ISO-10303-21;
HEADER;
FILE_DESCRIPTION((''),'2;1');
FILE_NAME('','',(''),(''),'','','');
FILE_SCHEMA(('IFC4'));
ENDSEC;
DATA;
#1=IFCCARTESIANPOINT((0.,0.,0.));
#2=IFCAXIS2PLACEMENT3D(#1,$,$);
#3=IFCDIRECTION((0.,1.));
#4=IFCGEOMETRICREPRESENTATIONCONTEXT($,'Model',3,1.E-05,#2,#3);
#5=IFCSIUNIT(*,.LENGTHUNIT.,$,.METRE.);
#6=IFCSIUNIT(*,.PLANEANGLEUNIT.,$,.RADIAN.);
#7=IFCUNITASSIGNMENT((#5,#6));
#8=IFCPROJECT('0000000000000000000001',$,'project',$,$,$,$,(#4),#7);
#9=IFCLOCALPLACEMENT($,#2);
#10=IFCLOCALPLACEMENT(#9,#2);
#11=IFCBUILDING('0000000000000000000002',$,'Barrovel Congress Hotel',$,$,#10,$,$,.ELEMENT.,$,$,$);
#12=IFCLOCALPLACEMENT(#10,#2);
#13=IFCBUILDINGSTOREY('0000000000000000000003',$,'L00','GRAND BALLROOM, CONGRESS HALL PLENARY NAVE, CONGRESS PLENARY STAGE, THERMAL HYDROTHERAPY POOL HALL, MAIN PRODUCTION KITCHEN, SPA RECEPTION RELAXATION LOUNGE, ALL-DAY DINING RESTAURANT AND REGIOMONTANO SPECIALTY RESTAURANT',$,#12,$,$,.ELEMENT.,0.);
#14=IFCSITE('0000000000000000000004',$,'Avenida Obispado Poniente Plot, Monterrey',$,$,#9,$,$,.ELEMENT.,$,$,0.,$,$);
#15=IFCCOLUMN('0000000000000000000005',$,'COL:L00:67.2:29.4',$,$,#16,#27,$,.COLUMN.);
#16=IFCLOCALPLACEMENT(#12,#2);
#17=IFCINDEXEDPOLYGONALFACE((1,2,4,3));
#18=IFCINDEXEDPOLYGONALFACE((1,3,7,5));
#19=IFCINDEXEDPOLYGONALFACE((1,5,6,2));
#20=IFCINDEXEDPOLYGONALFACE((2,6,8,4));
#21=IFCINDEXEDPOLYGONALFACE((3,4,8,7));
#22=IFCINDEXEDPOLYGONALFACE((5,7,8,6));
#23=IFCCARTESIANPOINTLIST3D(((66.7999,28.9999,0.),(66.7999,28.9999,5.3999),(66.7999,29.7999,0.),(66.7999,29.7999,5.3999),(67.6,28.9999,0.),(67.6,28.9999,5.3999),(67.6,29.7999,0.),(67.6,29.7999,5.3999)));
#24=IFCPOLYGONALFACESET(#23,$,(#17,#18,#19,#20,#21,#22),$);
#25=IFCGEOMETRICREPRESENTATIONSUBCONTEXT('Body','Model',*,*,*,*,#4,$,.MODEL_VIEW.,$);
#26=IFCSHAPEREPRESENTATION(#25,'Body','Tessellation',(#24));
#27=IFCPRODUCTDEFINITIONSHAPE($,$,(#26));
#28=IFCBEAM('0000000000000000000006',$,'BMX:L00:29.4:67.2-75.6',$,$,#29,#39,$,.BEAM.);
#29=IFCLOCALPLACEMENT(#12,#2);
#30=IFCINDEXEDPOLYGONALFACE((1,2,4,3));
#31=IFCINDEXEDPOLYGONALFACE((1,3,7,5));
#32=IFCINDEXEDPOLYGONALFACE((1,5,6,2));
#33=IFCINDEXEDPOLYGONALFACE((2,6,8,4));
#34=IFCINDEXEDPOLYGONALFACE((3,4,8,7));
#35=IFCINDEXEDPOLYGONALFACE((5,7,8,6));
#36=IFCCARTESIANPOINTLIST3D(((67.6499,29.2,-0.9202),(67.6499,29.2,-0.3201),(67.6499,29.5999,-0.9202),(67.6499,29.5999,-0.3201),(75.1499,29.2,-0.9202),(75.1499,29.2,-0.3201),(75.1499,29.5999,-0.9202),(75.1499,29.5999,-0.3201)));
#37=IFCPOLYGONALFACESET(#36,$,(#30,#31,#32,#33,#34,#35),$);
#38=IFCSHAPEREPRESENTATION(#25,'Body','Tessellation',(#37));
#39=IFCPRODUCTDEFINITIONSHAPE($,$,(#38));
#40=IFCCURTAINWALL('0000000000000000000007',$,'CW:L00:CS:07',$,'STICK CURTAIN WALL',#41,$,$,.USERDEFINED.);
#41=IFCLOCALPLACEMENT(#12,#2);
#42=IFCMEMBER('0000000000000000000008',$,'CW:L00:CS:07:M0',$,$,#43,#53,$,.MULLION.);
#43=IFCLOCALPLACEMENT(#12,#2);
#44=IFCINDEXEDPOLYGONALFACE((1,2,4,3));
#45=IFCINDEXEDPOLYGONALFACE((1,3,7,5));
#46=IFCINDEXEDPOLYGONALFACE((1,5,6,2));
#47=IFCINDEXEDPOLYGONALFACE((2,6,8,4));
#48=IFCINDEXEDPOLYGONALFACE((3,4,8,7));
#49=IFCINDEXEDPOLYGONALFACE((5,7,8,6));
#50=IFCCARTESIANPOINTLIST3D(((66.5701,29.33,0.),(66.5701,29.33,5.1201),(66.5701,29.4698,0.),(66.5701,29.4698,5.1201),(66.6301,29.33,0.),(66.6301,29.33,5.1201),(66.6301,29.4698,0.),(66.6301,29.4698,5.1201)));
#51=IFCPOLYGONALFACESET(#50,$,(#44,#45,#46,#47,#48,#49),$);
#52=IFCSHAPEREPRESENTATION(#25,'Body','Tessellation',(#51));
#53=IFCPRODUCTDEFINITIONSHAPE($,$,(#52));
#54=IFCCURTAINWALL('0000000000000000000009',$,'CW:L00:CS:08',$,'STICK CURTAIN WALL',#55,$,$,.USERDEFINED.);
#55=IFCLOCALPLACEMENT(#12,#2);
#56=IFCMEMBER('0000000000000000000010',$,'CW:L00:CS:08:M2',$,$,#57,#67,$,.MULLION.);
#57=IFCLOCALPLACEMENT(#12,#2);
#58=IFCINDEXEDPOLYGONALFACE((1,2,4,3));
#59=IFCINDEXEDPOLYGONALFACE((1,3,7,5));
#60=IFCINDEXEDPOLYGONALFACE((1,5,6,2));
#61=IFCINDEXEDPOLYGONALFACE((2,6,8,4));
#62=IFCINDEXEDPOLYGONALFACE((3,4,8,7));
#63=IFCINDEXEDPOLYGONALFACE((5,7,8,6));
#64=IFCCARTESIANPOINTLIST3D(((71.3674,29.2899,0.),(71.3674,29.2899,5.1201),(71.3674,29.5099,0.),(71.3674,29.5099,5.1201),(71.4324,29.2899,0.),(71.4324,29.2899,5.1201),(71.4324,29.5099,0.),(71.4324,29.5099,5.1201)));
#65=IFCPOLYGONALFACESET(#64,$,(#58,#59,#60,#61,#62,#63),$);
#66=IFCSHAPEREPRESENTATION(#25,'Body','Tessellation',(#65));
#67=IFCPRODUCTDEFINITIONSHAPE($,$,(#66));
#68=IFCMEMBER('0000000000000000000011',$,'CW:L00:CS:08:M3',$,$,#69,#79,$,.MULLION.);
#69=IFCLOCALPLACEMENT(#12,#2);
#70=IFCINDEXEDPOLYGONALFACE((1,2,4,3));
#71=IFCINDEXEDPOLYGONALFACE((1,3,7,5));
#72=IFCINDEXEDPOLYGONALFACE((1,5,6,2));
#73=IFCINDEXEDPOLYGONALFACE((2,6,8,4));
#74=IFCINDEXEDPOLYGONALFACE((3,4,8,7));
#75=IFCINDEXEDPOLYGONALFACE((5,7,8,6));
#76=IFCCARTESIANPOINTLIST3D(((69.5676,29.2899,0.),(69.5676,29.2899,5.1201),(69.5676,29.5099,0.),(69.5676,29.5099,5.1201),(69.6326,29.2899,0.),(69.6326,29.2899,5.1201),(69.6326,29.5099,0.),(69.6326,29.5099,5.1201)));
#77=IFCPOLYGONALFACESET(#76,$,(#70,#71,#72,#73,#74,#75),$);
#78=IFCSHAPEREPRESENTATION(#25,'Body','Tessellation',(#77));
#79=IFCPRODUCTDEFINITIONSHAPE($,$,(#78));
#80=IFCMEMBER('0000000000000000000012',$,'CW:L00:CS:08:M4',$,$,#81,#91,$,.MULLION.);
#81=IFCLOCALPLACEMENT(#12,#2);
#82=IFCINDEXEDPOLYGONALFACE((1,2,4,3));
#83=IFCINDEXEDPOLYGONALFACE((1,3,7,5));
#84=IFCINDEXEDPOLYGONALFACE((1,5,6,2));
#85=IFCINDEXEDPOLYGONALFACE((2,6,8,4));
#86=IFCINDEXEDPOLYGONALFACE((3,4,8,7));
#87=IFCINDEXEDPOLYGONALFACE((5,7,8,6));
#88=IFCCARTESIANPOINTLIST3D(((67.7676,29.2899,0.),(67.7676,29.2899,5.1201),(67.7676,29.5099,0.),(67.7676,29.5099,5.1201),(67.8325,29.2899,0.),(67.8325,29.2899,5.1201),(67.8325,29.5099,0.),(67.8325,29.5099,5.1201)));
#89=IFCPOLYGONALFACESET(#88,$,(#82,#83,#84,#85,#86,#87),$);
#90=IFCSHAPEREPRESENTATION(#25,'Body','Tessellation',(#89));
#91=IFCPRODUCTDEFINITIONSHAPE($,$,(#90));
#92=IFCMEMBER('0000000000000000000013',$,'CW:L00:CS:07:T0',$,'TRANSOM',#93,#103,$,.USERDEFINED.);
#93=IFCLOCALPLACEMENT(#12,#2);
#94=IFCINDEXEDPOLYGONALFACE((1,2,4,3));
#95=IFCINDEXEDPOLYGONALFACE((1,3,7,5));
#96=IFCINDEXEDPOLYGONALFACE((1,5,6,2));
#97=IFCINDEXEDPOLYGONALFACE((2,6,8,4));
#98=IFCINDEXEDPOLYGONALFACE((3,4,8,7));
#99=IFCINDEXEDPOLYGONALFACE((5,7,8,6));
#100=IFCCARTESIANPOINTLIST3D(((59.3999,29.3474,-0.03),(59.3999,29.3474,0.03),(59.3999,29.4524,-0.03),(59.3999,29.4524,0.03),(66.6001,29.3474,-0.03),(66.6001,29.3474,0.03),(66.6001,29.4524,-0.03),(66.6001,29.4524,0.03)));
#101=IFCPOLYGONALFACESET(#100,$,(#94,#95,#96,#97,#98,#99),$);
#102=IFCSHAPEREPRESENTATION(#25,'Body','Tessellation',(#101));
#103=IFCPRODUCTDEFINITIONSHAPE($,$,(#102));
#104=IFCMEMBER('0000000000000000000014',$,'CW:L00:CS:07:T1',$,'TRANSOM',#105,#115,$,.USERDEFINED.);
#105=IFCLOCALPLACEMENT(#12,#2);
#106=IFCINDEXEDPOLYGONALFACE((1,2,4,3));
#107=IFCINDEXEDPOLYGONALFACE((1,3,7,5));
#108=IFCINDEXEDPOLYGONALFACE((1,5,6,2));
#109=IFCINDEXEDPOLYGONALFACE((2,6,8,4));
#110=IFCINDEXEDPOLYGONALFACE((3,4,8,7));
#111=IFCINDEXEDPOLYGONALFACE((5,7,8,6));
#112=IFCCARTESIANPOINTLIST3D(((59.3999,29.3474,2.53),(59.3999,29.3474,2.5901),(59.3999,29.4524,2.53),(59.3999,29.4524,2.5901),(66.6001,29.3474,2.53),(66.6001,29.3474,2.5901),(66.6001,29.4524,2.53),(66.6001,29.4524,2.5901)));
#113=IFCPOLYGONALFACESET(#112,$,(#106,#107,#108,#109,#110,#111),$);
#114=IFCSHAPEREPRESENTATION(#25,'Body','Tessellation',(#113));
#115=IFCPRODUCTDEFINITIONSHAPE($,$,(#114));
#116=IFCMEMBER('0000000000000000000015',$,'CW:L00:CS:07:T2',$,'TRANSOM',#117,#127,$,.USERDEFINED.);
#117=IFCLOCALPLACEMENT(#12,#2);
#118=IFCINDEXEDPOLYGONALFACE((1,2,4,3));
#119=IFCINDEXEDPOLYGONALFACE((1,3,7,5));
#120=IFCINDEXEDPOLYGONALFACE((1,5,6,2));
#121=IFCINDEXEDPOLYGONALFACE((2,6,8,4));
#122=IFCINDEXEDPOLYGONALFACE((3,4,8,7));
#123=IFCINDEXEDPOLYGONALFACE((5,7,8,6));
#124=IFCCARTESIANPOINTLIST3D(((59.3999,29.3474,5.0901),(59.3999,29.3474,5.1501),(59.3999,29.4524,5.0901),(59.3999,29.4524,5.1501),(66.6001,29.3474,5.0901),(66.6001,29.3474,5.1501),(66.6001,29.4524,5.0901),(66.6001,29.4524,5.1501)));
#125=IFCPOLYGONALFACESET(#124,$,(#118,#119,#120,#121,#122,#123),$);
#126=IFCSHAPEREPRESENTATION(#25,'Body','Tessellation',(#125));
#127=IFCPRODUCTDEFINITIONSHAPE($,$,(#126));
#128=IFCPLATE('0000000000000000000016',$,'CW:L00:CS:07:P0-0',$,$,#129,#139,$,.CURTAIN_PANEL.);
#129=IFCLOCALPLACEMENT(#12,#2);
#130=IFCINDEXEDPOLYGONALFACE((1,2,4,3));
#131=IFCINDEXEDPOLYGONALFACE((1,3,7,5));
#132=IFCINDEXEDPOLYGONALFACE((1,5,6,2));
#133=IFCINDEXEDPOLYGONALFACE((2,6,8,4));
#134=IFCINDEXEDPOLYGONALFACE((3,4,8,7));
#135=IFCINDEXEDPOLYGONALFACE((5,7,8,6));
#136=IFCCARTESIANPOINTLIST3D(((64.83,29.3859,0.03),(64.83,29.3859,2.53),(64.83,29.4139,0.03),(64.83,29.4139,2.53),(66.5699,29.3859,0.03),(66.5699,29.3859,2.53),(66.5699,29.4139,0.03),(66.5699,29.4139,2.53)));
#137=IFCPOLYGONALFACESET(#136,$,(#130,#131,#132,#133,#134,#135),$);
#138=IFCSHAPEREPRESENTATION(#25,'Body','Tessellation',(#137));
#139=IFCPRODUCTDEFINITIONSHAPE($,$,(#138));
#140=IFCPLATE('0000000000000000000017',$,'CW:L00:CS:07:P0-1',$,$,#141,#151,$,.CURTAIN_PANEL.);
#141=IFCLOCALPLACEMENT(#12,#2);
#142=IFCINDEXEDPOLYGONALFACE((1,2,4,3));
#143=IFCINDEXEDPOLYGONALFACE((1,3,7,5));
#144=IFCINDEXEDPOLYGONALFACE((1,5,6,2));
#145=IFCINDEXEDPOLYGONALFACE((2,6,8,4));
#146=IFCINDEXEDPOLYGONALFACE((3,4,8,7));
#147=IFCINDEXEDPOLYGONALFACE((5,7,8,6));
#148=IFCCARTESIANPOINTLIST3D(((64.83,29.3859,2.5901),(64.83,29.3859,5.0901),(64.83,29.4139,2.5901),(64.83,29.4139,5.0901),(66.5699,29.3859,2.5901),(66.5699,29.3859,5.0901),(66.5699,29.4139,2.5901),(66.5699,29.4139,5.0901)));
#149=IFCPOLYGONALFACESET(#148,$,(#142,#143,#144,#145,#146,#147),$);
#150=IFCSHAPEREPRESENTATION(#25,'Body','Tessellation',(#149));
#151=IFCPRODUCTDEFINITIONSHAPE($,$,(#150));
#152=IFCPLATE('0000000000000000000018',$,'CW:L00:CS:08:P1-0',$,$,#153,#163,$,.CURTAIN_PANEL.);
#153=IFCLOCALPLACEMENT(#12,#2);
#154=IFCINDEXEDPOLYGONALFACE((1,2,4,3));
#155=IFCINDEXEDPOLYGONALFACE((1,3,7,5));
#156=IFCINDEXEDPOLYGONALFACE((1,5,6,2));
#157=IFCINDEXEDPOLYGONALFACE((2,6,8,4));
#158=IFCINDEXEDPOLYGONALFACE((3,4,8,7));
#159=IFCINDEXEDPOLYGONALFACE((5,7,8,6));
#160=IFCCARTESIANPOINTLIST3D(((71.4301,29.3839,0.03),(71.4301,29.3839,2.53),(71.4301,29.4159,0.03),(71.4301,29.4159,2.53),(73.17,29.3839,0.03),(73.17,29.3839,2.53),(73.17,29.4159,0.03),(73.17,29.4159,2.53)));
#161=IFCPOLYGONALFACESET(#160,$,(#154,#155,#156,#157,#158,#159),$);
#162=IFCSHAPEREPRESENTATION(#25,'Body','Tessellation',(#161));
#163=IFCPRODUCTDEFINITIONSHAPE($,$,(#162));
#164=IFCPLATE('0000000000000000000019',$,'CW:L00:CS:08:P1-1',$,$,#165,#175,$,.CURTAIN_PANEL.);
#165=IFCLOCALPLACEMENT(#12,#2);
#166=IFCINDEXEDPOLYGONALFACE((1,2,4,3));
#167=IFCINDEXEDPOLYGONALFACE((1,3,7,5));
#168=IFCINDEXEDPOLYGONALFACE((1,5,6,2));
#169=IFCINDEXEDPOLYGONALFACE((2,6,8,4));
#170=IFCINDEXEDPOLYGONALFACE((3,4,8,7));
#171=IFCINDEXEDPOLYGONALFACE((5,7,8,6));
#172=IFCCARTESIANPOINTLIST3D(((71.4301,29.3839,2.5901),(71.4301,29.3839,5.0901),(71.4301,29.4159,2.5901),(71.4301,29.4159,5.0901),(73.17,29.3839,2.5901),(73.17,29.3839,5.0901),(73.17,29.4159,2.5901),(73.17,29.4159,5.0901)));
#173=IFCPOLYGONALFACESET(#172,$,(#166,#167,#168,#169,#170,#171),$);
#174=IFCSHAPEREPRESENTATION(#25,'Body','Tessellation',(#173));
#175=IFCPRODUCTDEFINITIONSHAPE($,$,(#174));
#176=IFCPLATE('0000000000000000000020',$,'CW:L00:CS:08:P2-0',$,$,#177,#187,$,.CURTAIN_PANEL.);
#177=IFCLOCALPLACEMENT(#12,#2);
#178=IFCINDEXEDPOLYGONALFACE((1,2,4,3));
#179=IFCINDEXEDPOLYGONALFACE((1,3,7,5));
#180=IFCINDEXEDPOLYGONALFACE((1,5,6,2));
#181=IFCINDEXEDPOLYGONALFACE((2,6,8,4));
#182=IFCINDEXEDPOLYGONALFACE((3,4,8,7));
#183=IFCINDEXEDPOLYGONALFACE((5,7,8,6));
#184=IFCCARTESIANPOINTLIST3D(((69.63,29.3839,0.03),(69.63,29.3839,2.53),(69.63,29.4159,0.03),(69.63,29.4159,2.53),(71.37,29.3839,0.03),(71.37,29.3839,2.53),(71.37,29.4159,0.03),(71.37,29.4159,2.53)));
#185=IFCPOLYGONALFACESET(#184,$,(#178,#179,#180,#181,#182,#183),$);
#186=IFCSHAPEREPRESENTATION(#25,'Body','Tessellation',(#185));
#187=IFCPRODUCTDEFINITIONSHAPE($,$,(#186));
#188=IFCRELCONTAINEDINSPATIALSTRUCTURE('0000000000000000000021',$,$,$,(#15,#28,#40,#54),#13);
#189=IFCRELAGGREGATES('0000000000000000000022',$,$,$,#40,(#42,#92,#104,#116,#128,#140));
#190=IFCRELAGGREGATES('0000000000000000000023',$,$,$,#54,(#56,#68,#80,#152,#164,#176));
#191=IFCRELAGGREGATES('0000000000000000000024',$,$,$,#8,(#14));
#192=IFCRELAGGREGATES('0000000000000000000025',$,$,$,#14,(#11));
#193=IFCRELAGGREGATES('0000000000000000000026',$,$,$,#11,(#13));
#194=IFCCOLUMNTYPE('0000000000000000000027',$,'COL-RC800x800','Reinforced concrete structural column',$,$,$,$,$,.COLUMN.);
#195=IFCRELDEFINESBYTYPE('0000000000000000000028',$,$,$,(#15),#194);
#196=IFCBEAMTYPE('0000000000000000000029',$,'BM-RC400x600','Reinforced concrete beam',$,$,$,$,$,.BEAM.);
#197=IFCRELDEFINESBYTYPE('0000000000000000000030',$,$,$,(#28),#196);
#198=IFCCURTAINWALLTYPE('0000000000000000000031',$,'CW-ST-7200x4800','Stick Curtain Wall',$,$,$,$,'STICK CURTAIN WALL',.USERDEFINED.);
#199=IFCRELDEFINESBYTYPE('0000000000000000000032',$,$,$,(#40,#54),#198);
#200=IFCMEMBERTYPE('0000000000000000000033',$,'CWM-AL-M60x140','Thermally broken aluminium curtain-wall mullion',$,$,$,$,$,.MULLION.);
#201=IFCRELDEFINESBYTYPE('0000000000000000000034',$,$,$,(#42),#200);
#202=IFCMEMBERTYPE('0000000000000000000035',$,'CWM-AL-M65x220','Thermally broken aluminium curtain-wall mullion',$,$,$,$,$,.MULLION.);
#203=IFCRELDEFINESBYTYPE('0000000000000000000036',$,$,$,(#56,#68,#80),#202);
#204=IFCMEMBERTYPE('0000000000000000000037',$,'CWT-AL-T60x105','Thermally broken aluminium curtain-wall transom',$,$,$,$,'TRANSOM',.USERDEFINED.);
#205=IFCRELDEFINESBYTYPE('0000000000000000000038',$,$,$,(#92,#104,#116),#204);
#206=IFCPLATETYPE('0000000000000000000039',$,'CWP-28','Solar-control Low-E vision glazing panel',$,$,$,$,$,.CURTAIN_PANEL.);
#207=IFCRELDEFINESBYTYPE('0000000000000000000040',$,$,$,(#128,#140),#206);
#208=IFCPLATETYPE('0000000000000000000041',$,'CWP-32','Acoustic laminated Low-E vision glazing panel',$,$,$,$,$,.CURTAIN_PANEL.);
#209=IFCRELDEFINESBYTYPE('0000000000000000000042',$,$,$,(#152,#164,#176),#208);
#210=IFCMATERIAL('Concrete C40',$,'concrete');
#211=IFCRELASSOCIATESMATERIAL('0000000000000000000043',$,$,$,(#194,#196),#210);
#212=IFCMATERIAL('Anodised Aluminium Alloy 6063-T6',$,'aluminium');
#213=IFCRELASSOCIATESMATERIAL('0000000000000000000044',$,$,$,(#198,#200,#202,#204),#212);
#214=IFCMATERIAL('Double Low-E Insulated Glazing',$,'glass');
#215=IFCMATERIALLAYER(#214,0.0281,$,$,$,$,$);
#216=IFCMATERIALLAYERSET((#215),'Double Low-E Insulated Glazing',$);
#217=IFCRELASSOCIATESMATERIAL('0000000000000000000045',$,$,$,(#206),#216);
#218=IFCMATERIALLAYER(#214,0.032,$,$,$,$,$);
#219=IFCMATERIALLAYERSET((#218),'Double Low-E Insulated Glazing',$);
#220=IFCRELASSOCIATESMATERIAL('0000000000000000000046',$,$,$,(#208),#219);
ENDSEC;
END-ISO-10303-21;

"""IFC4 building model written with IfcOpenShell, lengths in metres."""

from ifc_helpers import new_model, si_unit, direction, frame, origin, origin_2d, place, context, subcontext, project, spatial, rectangle, extrude, material, layer, layer_set, material_profile, profile_set, type_object, element, aggregate, save


model = new_model("IFC4")

# Units and contexts
model_context = context("Model", 3, precision=1e-05, world=origin(), true_north=direction((0.0, 1.0)))
body_context = subcontext(model_context, "Body", "Model", "MODEL_VIEW")
ifc_project = project(units=[si_unit("LENGTHUNIT", "METRE"), si_unit("PLANEANGLEUNIT", "RADIAN")], contexts=[model_context])

# Site, building, storey
site_placement = place(None, origin())
site = spatial("IfcSite", under=ifc_project, at=site_placement, Name="Avenida Obispado Poniente Plot, Monterrey", CompositionType="ELEMENT", RefElevation=0.0)
building_placement = place(site_placement, origin())
building = spatial("IfcBuilding", under=site, at=building_placement, Name="Barrovel Congress Hotel", CompositionType="ELEMENT")
storey_placement = place(building_placement, origin())
storey = spatial("IfcBuildingStorey", under=building, at=storey_placement, Name="L00", Description="GRAND BALLROOM, CONGRESS HALL PLENARY NAVE, CONGRESS PLENARY STAGE, THERMAL HYDROTHERAPY POOL HALL, MAIN PRODUCTION KITCHEN, SPA RECEPTION RELAXATION LOUNGE, ALL-DAY DINING RESTAURANT AND REGIOMONTANO SPECIALTY RESTAURANT", CompositionType="ELEMENT", Elevation=0.0)

# Column
ifc_material_1 = material(Name="Concrete C40", Category="concrete")
ifc_material_profile_1 = material_profile(ifc_material_1, rectangle(XDim=0.8, YDim=0.8, at=origin_2d()), Name="RC800x800")
ifc_profile_set_1 = profile_set([ifc_material_profile_1], Name="Concrete C40")
column_type = type_object("IfcColumnType", Name="COL-RC800x800", Description="Reinforced concrete structural column", PredefinedType="COLUMN", material=ifc_profile_set_1)
column_placement = place(storey_placement, frame((67.2, 29.3999, 0.0), z_axis=(0.0, 0.0, 1.0), x_axis=(1.0, 0.0, 0.0)))
element("IfcColumn", 1, at=column_placement, inside=storey, type_object=column_type, Name="COL:L00:67.2:29.4", PredefinedType="COLUMN", context=body_context, shape_type="SweptSolid", body=[
    extrude(rectangle(XDim=0.8, YDim=0.8, at=origin_2d()), origin(), (0.0, 0.0, 1.0), 5.3999),
])

# Beam
ifc_material_profile_2 = material_profile(ifc_material_1, rectangle(XDim=0.3999, YDim=0.6001, at=origin_2d()), Name="RC400x600")
ifc_profile_set_2 = profile_set([ifc_material_profile_2], Name="Concrete C40")
beam_type = type_object("IfcBeamType", Name="BM-RC400x600", Description="Reinforced concrete beam", PredefinedType="BEAM", material=ifc_profile_set_2)
beam_placement = place(storey_placement, frame((67.6499, 29.3999, -0.6201), z_axis=(1.0, 0.0, 0.0), x_axis=(0.0, 1.0, 0.0)))
element("IfcBeam", 2, at=beam_placement, inside=storey, type_object=beam_type, Name="BMX:L00:29.4:67.2-75.6", PredefinedType="BEAM", context=body_context, shape_type="SweptSolid", body=[
    extrude(rectangle(XDim=0.3999, YDim=0.6001, at=origin_2d()), origin(), (0.0, 0.0, 1.0), 7.5),
])

# Curtain wall, member
ifc_material_2 = material(Name="Anodised Aluminium Alloy 6063-T6", Category="aluminium")
curtain_wall_type = type_object("IfcCurtainWallType", Name="CW-ST-7200x4800", Description="Stick Curtain Wall", ElementType="STICK CURTAIN WALL", PredefinedType="USERDEFINED", material=ifc_material_2)
curtain_wall_1_placement = place(storey_placement, origin())
curtain_wall_1 = element("IfcCurtainWall", 3, at=curtain_wall_1_placement, inside=storey, type_object=curtain_wall_type, Name="CW:L00:CS:07", ObjectType="STICK CURTAIN WALL", PredefinedType="USERDEFINED")
ifc_material_profile_3 = material_profile(ifc_material_2, rectangle(XDim=0.0601, YDim=0.1399, at=origin_2d()), Name="AL-M60x140")
ifc_profile_set_3 = profile_set([ifc_material_profile_3], Name="Anodised Aluminium Alloy 6063-T6")
member_type_1 = type_object("IfcMemberType", Name="CWM-AL-M60x140", Description="Thermally broken aluminium curtain-wall mullion", PredefinedType="MULLION", material=ifc_profile_set_3)
member_1_placement = place(storey_placement, frame((66.6001, 29.3999, 0.0), z_axis=(0.0, 0.0, 1.0), x_axis=(1.0, 0.0, 0.0)))
member_1 = element("IfcMember", 4, at=member_1_placement, type_object=member_type_1, Name="CW:L00:CS:07:M0", PredefinedType="MULLION", context=body_context, shape_type="SweptSolid", body=[
    extrude(rectangle(XDim=0.0601, YDim=0.1399, at=origin_2d()), origin(), (0.0, 0.0, 1.0), 5.1201),
])

# Curtain wall, members
curtain_wall_2_placement = place(storey_placement, origin())
curtain_wall_2 = element("IfcCurtainWall", 5, at=curtain_wall_2_placement, inside=storey, type_object=curtain_wall_type, Name="CW:L00:CS:08", ObjectType="STICK CURTAIN WALL", PredefinedType="USERDEFINED")
ifc_material_profile_4 = material_profile(ifc_material_2, rectangle(XDim=0.0649, YDim=0.22, at=origin_2d()), Name="AL-M65x220")
ifc_profile_set_4 = profile_set([ifc_material_profile_4], Name="Anodised Aluminium Alloy 6063-T6")
member_type_2 = type_object("IfcMemberType", Name="CWM-AL-M65x220", Description="Thermally broken aluminium curtain-wall mullion", PredefinedType="MULLION", material=ifc_profile_set_4)
member_2_placement = place(storey_placement, frame((71.3999, 29.3999, 0.0), z_axis=(0.0, 0.0, 1.0), x_axis=(1.0, 0.0, 0.0)))
member_2 = element("IfcMember", 6, at=member_2_placement, type_object=member_type_2, Name="CW:L00:CS:08:M2", PredefinedType="MULLION", context=body_context, shape_type="SweptSolid", body=[
    extrude(rectangle(XDim=0.0649, YDim=0.22, at=origin_2d()), origin(), (0.0, 0.0, 1.0), 5.1201),
])
member_3_placement = place(storey_placement, frame((69.6001, 29.3999, 0.0), z_axis=(0.0, 0.0, 1.0), x_axis=(1.0, 0.0, 0.0)))
member_3 = element("IfcMember", 7, at=member_3_placement, type_object=member_type_2, Name="CW:L00:CS:08:M3", PredefinedType="MULLION", context=body_context, shape_type="SweptSolid", body=[
    extrude(rectangle(XDim=0.0649, YDim=0.22, at=origin_2d()), origin(), (0.0, 0.0, 1.0), 5.1201),
])
member_4_placement = place(storey_placement, frame((67.8, 29.3999, 0.0), z_axis=(0.0, 0.0, 1.0), x_axis=(1.0, 0.0, 0.0)))
member_4 = element("IfcMember", 8, at=member_4_placement, type_object=member_type_2, Name="CW:L00:CS:08:M4", PredefinedType="MULLION", context=body_context, shape_type="SweptSolid", body=[
    extrude(rectangle(XDim=0.0649, YDim=0.22, at=origin_2d()), origin(), (0.0, 0.0, 1.0), 5.1201),
])

# Members
ifc_material_profile_5 = material_profile(ifc_material_2, rectangle(XDim=0.105, YDim=0.0601, at=origin_2d()), Name="AL-T60x105")
ifc_profile_set_5 = profile_set([ifc_material_profile_5], Name="Anodised Aluminium Alloy 6063-T6")
member_type_3 = type_object("IfcMemberType", Name="CWT-AL-T60x105", Description="Thermally broken aluminium curtain-wall transom", ElementType="TRANSOM", PredefinedType="USERDEFINED", material=ifc_profile_set_5)
member_5_placement = place(storey_placement, frame((66.6001, 29.3999, 0.0), z_axis=(-1.0, 0.0, 0.0), x_axis=(0.0, -1.0, 0.0)))
member_5 = element("IfcMember", 9, at=member_5_placement, type_object=member_type_3, Name="CW:L00:CS:07:T0", ObjectType="TRANSOM", PredefinedType="USERDEFINED", context=body_context, shape_type="SweptSolid", body=[
    extrude(rectangle(XDim=0.105, YDim=0.0601, at=origin_2d()), origin(), (0.0, 0.0, 1.0), 7.2002),
])
member_6_placement = place(storey_placement, frame((66.6001, 29.3999, 2.5601), z_axis=(-1.0, 0.0, 0.0), x_axis=(0.0, -1.0, 0.0)))
member_6 = element("IfcMember", 10, at=member_6_placement, type_object=member_type_3, Name="CW:L00:CS:07:T1", ObjectType="TRANSOM", PredefinedType="USERDEFINED", context=body_context, shape_type="SweptSolid", body=[
    extrude(rectangle(XDim=0.105, YDim=0.0601, at=origin_2d()), origin(), (0.0, 0.0, 1.0), 7.2002),
])
member_7_placement = place(storey_placement, frame((66.6001, 29.3999, 5.1201), z_axis=(-1.0, 0.0, 0.0), x_axis=(0.0, -1.0, 0.0)))
member_7 = element("IfcMember", 11, at=member_7_placement, type_object=member_type_3, Name="CW:L00:CS:07:T2", ObjectType="TRANSOM", PredefinedType="USERDEFINED", context=body_context, shape_type="SweptSolid", body=[
    extrude(rectangle(XDim=0.105, YDim=0.0601, at=origin_2d()), origin(), (0.0, 0.0, 1.0), 7.2002),
])

# Plates
ifc_material_3 = material(Name="Double Low-E Insulated Glazing", Category="glass")
ifc_layer_1 = layer(ifc_material_3, 0.0281)
ifc_layer_set_1 = layer_set([ifc_layer_1], Name="Double Low-E Insulated Glazing")
plate_type_1 = type_object("IfcPlateType", Name="CWP-28", Description="Solar-control Low-E vision glazing panel", PredefinedType="CURTAIN_PANEL", material=ifc_layer_set_1)
plate_1_placement = place(storey_placement, frame((65.7, 29.3999, 0.03), z_axis=(0.0, 0.0, 1.0), x_axis=(-1.0, 0.0, 0.0)))
plate_1 = element("IfcPlate", 12, at=plate_1_placement, type_object=plate_type_1, Name="CW:L00:CS:07:P0-0", PredefinedType="CURTAIN_PANEL", context=body_context, shape_type="SweptSolid", body=[
    extrude(rectangle(XDim=1.74, YDim=0.0281, at=origin_2d()), origin(), (0.0, 0.0, 1.0), 2.5),
])
plate_2_placement = place(storey_placement, frame((65.7, 29.3999, 2.5901), z_axis=(0.0, 0.0, 1.0), x_axis=(-1.0, 0.0, 0.0)))
plate_2 = element("IfcPlate", 13, at=plate_2_placement, type_object=plate_type_1, Name="CW:L00:CS:07:P0-1", PredefinedType="CURTAIN_PANEL", context=body_context, shape_type="SweptSolid", body=[
    extrude(rectangle(XDim=1.74, YDim=0.0281, at=origin_2d()), origin(), (0.0, 0.0, 1.0), 2.5),
])
aggregate(curtain_wall_1, [member_1, member_5, member_6, member_7, plate_1, plate_2])
ifc_layer_2 = layer(ifc_material_3, 0.032)
ifc_layer_set_2 = layer_set([ifc_layer_2], Name="Double Low-E Insulated Glazing")
plate_type_2 = type_object("IfcPlateType", Name="CWP-32", Description="Acoustic laminated Low-E vision glazing panel", PredefinedType="CURTAIN_PANEL", material=ifc_layer_set_2)
plate_3_placement = place(storey_placement, frame((72.3, 29.3999, 0.03), z_axis=(0.0, 0.0, 1.0), x_axis=(-1.0, 0.0, 0.0)))
plate_3 = element("IfcPlate", 14, at=plate_3_placement, type_object=plate_type_2, Name="CW:L00:CS:08:P1-0", PredefinedType="CURTAIN_PANEL", context=body_context, shape_type="SweptSolid", body=[
    extrude(rectangle(XDim=1.74, YDim=0.032, at=origin_2d()), origin(), (0.0, 0.0, 1.0), 2.5),
])
plate_4_placement = place(storey_placement, frame((72.3, 29.3999, 2.5901), z_axis=(0.0, 0.0, 1.0), x_axis=(-1.0, 0.0, 0.0)))
plate_4 = element("IfcPlate", 15, at=plate_4_placement, type_object=plate_type_2, Name="CW:L00:CS:08:P1-1", PredefinedType="CURTAIN_PANEL", context=body_context, shape_type="SweptSolid", body=[
    extrude(rectangle(XDim=1.74, YDim=0.032, at=origin_2d()), origin(), (0.0, 0.0, 1.0), 2.5),
])
plate_5_placement = place(storey_placement, frame((70.5, 29.3999, 0.03), z_axis=(0.0, 0.0, 1.0), x_axis=(-1.0, 0.0, 0.0)))
plate_5 = element("IfcPlate", 16, at=plate_5_placement, type_object=plate_type_2, Name="CW:L00:CS:08:P2-0", PredefinedType="CURTAIN_PANEL", context=body_context, shape_type="SweptSolid", body=[
    extrude(rectangle(XDim=1.74, YDim=0.032, at=origin_2d()), origin(), (0.0, 0.0, 1.0), 2.5),
])
aggregate(curtain_wall_2, [member_2, member_3, member_4, plate_3, plate_4, plate_5])

save(model, "model.ifc")
